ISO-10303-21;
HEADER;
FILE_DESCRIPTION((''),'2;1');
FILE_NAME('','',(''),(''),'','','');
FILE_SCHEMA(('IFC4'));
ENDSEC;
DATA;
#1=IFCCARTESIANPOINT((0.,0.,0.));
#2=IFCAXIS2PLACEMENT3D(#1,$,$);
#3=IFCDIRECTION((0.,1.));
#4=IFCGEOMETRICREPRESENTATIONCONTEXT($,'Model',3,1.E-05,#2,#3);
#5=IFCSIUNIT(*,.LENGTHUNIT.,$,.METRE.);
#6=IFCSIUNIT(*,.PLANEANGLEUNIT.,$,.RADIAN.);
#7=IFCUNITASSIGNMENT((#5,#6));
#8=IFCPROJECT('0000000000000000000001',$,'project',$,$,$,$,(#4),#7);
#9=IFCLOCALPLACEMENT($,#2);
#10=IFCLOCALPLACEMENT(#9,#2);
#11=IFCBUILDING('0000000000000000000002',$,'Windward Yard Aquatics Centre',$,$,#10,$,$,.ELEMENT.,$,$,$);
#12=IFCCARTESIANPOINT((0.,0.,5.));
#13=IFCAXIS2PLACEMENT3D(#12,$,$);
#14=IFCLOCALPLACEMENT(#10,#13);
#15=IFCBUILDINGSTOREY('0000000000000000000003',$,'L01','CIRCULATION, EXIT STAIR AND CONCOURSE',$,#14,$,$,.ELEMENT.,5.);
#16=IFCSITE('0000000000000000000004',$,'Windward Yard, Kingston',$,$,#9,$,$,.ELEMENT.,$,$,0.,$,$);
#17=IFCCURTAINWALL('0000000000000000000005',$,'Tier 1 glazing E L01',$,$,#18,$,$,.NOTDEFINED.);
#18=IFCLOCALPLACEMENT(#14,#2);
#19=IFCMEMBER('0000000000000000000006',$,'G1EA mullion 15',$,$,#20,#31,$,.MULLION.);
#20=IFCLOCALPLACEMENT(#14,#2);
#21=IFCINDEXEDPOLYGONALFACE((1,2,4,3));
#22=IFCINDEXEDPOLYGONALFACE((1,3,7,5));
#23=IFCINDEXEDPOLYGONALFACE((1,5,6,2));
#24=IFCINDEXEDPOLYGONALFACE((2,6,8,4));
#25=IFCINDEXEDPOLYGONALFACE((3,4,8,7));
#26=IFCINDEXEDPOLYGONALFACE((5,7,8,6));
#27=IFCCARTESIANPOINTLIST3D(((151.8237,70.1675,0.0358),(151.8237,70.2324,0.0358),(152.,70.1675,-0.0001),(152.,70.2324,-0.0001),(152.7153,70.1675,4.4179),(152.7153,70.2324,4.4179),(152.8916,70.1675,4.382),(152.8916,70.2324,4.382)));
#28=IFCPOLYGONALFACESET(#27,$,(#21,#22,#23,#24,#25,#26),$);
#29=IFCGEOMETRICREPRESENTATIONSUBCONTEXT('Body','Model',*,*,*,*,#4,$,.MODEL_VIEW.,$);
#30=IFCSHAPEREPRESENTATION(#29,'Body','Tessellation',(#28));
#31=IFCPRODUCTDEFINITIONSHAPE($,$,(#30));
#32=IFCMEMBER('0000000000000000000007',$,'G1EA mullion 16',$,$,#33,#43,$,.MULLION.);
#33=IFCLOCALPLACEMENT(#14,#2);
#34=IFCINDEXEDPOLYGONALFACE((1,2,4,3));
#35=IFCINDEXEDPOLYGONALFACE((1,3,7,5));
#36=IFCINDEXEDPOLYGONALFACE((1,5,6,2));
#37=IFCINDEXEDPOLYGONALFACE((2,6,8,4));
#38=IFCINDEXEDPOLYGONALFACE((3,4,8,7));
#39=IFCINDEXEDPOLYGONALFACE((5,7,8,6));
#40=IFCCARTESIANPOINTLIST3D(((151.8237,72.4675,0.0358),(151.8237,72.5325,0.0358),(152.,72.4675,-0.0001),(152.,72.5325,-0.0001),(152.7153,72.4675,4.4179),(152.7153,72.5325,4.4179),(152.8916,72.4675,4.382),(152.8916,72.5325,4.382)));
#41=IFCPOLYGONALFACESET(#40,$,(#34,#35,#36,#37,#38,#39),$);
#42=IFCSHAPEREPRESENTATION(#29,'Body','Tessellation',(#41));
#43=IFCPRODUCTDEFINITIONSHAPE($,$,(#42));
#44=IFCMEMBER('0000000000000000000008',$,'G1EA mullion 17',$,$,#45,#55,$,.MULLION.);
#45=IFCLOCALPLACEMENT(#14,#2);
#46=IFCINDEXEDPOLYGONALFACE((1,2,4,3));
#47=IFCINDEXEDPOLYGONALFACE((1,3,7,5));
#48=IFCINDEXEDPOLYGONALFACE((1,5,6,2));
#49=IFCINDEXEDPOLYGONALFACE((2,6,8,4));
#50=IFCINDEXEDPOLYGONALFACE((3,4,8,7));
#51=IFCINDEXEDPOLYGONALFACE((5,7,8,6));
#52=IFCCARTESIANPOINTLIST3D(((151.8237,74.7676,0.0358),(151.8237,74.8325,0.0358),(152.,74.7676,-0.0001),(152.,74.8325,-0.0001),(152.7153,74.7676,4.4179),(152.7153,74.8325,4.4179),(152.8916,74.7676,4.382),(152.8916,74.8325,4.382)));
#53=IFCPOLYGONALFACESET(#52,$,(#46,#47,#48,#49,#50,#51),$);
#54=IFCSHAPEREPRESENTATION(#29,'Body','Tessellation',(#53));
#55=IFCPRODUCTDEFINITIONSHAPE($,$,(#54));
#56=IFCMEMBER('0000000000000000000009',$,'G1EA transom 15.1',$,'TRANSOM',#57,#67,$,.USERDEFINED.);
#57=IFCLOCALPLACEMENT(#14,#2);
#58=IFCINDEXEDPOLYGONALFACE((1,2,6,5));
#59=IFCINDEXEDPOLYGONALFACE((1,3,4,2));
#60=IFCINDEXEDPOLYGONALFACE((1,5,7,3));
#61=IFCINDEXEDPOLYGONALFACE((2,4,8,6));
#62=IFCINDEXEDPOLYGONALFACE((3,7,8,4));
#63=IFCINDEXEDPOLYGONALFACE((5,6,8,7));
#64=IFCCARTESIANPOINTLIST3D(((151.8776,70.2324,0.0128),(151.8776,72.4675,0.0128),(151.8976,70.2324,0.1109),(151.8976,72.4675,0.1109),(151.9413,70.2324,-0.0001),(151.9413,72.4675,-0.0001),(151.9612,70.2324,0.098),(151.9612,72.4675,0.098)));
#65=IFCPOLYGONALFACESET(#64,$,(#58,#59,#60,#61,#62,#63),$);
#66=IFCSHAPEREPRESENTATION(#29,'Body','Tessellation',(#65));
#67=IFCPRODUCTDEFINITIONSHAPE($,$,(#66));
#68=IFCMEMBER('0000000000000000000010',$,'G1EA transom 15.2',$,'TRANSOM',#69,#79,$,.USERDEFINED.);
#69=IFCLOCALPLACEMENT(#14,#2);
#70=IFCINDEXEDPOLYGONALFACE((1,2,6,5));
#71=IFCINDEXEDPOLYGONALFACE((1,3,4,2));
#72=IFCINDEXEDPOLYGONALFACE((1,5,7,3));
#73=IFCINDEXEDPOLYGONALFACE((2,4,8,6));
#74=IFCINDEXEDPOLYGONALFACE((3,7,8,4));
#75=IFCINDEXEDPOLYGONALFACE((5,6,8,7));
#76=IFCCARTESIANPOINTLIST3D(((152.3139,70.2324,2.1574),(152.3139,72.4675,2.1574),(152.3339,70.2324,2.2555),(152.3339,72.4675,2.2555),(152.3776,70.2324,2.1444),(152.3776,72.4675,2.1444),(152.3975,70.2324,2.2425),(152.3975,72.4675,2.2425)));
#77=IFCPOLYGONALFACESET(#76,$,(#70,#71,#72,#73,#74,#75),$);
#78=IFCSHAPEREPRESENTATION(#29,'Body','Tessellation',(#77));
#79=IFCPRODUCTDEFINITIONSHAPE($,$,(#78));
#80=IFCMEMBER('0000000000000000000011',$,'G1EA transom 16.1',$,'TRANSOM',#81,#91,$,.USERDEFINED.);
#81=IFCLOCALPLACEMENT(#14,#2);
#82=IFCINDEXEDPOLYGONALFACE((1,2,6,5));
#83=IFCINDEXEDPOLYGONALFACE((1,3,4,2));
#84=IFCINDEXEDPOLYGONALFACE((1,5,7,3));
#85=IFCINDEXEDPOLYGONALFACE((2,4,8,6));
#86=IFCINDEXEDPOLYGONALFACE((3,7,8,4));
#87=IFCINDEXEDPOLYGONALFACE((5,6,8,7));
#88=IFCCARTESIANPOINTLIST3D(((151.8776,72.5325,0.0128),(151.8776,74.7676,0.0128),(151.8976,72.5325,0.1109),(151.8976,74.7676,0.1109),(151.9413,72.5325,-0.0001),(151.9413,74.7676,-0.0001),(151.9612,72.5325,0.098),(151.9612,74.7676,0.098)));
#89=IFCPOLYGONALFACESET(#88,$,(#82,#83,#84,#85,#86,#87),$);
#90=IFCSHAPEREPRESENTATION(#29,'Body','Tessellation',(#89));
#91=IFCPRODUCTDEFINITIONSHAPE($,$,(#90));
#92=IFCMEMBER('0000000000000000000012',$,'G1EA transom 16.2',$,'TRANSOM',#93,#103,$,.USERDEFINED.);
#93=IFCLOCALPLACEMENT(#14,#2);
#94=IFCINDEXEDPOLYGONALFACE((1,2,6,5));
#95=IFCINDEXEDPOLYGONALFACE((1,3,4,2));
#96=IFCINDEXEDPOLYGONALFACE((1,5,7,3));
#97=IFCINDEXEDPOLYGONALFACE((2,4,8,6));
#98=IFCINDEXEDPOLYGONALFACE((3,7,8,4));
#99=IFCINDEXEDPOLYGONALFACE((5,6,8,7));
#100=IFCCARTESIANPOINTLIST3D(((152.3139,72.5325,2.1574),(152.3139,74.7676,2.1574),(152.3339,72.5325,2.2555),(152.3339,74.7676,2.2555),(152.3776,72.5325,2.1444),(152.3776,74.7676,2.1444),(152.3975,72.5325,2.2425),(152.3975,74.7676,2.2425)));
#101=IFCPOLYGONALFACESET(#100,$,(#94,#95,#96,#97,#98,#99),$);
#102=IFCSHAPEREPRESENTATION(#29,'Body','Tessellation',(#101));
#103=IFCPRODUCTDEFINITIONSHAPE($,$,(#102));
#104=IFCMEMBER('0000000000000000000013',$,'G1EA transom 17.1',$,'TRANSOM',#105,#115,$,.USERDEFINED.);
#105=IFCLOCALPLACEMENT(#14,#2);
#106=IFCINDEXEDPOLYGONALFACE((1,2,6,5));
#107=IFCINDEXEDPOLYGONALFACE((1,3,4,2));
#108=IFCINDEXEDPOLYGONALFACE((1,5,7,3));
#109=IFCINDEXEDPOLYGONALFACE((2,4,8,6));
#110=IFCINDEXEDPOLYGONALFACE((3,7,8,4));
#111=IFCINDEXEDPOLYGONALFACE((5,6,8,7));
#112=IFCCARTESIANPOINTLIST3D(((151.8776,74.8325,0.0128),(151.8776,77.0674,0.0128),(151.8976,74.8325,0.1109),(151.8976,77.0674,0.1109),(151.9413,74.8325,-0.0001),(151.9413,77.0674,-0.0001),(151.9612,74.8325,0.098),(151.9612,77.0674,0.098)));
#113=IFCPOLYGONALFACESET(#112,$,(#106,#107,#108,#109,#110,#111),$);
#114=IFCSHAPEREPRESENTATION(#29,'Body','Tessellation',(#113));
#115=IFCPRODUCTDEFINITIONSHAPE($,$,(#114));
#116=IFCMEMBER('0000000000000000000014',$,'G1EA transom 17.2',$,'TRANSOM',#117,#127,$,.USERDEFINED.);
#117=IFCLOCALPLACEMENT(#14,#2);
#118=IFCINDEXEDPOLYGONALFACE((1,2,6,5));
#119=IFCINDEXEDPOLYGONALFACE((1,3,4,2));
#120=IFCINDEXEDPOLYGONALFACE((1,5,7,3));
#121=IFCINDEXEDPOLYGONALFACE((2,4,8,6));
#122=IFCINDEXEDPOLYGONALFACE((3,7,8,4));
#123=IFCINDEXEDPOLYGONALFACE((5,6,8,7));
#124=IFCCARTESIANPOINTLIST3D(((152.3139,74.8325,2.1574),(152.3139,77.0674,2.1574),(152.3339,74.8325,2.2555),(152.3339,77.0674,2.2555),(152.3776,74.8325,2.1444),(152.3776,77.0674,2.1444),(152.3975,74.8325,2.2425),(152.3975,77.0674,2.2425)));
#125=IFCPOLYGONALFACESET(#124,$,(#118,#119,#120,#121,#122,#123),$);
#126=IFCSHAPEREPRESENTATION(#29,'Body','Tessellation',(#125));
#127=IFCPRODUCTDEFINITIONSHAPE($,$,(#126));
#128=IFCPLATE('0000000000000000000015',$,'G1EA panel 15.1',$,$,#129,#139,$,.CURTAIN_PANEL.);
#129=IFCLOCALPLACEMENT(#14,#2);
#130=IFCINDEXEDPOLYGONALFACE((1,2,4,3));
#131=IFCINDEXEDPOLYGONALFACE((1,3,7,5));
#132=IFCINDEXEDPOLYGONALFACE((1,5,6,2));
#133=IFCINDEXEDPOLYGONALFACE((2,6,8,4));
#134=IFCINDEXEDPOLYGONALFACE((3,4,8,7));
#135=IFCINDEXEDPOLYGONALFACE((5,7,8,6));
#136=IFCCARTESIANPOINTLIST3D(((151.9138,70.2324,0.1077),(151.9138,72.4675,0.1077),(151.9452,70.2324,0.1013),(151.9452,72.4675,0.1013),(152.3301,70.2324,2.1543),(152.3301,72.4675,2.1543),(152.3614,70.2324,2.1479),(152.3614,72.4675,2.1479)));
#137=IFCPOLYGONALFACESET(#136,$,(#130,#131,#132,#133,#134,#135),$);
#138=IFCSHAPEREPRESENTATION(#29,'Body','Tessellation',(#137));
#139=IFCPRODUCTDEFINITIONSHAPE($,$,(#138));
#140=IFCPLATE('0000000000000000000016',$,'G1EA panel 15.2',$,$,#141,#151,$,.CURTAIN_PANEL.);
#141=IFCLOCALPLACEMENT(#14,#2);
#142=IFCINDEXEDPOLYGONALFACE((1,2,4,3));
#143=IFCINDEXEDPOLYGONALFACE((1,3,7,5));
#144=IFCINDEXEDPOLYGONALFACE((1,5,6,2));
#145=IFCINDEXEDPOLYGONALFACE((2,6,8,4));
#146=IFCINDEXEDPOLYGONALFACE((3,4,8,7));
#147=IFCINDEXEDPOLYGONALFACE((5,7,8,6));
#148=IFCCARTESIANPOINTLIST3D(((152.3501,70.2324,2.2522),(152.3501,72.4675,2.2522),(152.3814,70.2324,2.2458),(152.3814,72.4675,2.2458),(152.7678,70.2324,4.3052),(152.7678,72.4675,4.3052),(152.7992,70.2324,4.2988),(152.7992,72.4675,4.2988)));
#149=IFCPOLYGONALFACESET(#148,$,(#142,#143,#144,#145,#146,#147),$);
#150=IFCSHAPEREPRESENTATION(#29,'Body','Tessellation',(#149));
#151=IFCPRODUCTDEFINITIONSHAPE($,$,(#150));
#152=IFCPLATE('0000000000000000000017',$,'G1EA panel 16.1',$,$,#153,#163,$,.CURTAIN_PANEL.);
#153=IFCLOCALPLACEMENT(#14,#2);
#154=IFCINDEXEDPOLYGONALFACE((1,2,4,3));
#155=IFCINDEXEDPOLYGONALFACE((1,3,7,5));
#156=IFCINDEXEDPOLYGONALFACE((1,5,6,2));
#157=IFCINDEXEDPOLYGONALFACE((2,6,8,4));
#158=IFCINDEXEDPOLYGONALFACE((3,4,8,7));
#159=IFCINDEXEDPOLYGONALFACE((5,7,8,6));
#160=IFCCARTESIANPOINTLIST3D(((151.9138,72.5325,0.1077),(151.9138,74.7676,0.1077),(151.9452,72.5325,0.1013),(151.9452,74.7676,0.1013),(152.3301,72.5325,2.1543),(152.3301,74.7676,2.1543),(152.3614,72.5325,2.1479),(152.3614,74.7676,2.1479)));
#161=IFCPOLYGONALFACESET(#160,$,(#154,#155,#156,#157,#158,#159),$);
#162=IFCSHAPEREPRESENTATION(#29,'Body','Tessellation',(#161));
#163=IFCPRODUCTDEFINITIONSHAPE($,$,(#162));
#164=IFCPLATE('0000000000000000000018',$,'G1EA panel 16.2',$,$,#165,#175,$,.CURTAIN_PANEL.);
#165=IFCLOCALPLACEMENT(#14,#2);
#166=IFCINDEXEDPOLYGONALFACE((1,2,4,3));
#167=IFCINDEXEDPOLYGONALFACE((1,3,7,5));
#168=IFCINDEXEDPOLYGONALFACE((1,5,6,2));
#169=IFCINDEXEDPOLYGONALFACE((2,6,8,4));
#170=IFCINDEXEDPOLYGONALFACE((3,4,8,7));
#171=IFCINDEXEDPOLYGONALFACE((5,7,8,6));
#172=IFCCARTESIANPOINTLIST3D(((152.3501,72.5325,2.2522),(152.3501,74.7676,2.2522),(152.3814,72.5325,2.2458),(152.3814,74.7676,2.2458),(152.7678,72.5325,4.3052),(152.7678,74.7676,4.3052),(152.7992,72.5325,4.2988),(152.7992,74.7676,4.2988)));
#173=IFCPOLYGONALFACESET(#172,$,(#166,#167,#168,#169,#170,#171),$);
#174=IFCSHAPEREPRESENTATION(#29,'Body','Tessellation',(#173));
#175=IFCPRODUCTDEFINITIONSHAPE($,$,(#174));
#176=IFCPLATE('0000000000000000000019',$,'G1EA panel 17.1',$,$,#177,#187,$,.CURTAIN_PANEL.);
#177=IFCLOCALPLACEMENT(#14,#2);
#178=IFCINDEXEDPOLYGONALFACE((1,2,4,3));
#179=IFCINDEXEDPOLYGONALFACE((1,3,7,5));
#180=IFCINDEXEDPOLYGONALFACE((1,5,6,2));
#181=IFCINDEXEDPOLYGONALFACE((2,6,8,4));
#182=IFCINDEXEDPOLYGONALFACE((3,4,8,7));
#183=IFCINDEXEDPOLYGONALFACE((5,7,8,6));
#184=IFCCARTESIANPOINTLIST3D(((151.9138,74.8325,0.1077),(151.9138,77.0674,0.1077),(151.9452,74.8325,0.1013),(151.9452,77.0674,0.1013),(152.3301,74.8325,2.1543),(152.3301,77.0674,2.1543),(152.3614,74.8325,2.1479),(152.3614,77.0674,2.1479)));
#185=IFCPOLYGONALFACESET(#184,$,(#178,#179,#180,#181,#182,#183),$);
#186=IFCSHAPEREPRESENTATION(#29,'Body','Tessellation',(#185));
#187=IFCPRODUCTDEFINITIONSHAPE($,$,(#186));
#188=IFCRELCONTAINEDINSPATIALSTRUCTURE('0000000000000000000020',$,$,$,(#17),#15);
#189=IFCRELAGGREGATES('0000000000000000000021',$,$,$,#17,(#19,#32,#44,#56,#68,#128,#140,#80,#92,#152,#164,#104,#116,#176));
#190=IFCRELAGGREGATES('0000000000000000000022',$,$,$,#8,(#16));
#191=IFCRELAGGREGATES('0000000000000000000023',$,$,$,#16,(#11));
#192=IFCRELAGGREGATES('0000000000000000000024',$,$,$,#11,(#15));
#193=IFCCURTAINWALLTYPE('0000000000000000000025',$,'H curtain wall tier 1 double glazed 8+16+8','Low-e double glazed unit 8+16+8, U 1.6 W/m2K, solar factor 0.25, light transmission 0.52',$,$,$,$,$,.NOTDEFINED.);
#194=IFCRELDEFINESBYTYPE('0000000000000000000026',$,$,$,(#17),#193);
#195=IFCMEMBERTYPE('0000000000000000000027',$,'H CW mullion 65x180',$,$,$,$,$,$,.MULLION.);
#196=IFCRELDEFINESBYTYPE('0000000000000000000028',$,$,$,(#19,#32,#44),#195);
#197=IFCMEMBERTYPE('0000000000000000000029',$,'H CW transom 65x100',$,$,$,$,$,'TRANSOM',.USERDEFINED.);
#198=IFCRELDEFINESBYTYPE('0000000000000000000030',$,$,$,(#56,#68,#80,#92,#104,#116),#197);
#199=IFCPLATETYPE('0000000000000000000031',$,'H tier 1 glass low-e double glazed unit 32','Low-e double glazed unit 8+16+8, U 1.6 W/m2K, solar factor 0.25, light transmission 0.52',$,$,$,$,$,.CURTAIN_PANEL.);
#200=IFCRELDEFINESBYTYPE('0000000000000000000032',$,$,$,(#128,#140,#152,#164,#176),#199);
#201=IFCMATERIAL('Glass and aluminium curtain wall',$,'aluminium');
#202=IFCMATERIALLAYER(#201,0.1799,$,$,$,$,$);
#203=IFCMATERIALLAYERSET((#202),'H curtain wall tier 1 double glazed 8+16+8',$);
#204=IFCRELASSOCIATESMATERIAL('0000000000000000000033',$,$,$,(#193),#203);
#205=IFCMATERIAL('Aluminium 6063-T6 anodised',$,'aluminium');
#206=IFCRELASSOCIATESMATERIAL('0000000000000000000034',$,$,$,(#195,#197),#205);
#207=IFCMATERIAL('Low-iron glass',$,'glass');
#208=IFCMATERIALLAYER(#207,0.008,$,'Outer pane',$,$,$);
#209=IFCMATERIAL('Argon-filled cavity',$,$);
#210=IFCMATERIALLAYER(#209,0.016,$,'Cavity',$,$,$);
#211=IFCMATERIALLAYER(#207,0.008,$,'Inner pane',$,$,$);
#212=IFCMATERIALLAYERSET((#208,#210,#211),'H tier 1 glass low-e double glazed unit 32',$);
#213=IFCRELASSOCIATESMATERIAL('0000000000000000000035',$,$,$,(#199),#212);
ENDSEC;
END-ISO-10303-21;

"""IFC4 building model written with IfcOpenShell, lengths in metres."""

from ifc_helpers import new_model, si_unit, direction, frame, origin, origin_2d, place, context, subcontext, project, spatial, polyline, rectangle, outline, extrude, material, layer, layer_set, material_profile, profile_set, type_object, element, aggregate, save


model = new_model("IFC4")

# Units and contexts
model_context = context("Model", 3, precision=1e-05, world=origin(), true_north=direction((0.0, 1.0)))
body_context = subcontext(model_context, "Body", "Model", "MODEL_VIEW")
ifc_project = project(units=[si_unit("LENGTHUNIT", "METRE"), si_unit("PLANEANGLEUNIT", "RADIAN")], contexts=[model_context])

# Site, building, storey
site_placement = place(None, origin())
site = spatial("IfcSite", under=ifc_project, at=site_placement, Name="Windward Yard, Kingston", CompositionType="ELEMENT", RefElevation=0.0)
building_placement = place(site_placement, origin())
building = spatial("IfcBuilding", under=site, at=building_placement, Name="Windward Yard Aquatics Centre", CompositionType="ELEMENT")
storey_placement = place(building_placement, frame((0.0, 0.0, 5.0)))
storey = spatial("IfcBuildingStorey", under=building, at=storey_placement, Name="L01", Description="CIRCULATION, EXIT STAIR AND CONCOURSE", CompositionType="ELEMENT", Elevation=5.0)

# Curtain wall, members, plates
ifc_material_1 = material(Name="Glass and aluminium curtain wall", Category="aluminium")
ifc_layer_1 = layer(ifc_material_1, 0.1799)
ifc_layer_set_1 = layer_set([ifc_layer_1], Name="H curtain wall tier 1 double glazed 8+16+8")
curtain_wall_type = type_object("IfcCurtainWallType", Name="H curtain wall tier 1 double glazed 8+16+8", Description="Low-e double glazed unit 8+16+8, U 1.6 W/m2K, solar factor 0.25, light transmission 0.52", PredefinedType="NOTDEFINED", material=ifc_layer_set_1)
curtain_wall_placement = place(storey_placement, origin())
curtain_wall = element("IfcCurtainWall", 1, at=curtain_wall_placement, inside=storey, type_object=curtain_wall_type, Name="Tier 1 glazing E L01", PredefinedType="NOTDEFINED")
ifc_material_2 = material(Name="Aluminium 6063-T6 anodised", Category="aluminium")
ifc_material_profile_1 = material_profile(ifc_material_2, rectangle(XDim=0.0649, YDim=0.1799, at=origin_2d()), Name="H CW mullion 65x180")
ifc_profile_set_1 = profile_set([ifc_material_profile_1], Name="Aluminium 6063-T6 anodised")
member_type_1 = type_object("IfcMemberType", Name="H CW mullion 65x180", PredefinedType="MULLION", material=ifc_profile_set_1)
member_1_placement = place(storey_placement, frame((151.9119, 70.2, 0.0178), z_axis=(0.19938, 0.0, 0.979922), x_axis=(0.0, 1.0, 0.0)))
member_1 = element("IfcMember", 2, at=member_1_placement, type_object=member_type_1, Name="G1EA mullion 15", PredefinedType="MULLION", context=body_context, shape_type="SweptSolid", body=[
    extrude(rectangle(XDim=0.0649, YDim=0.1799, at=origin_2d()), origin(), (0.0, 0.0, 1.0), 4.4719),
])
member_2_placement = place(storey_placement, frame((151.9119, 72.5, 0.0178), z_axis=(0.19938, 0.0, 0.979922), x_axis=(0.0, 1.0, 0.0)))
member_2 = element("IfcMember", 3, at=member_2_placement, type_object=member_type_1, Name="G1EA mullion 16", PredefinedType="MULLION", context=body_context, shape_type="SweptSolid", body=[
    extrude(rectangle(XDim=0.0649, YDim=0.1799, at=origin_2d()), origin(), (0.0, 0.0, 1.0), 4.4719),
])
member_3_placement = place(storey_placement, frame((151.9119, 74.8, 0.0178), z_axis=(0.19938, 0.0, 0.979922), x_axis=(0.0, 1.0, 0.0)))
member_3 = element("IfcMember", 4, at=member_3_placement, type_object=member_type_1, Name="G1EA mullion 17", PredefinedType="MULLION", context=body_context, shape_type="SweptSolid", body=[
    extrude(rectangle(XDim=0.0649, YDim=0.1799, at=origin_2d()), origin(), (0.0, 0.0, 1.0), 4.4719),
])
ifc_material_profile_2 = material_profile(ifc_material_2, rectangle(XDim=0.0649, YDim=0.1001, at=origin_2d()), Name="H CW transom 65x100")
ifc_profile_set_2 = profile_set([ifc_material_profile_2], Name="Aluminium 6063-T6 anodised")
member_type_2 = type_object("IfcMemberType", Name="H CW transom 65x100", ElementType="TRANSOM", PredefinedType="USERDEFINED", material=ifc_profile_set_2)
member_4_placement = place(storey_placement, frame((151.9194, 70.2324, 0.0554), z_axis=(0.0, 1.0, 0.0), x_axis=(-0.979925, 0.0, 0.199368)))
member_4 = element("IfcMember", 5, at=member_4_placement, type_object=member_type_2, Name="G1EA transom 15.1", ObjectType="TRANSOM", PredefinedType="USERDEFINED", context=body_context, shape_type="SweptSolid", body=[
    extrude(rectangle(XDim=0.0649, YDim=0.1001, at=origin_2d()), origin(), (0.0, 0.0, 1.0), 2.2351),
])
member_5_placement = place(storey_placement, frame((152.3557, 70.2324, 2.2), z_axis=(0.0, 1.0, 0.0), x_axis=(-0.979925, 0.0, 0.199368)))
member_5 = element("IfcMember", 6, at=member_5_placement, type_object=member_type_2, Name="G1EA transom 15.2", ObjectType="TRANSOM", PredefinedType="USERDEFINED", context=body_context, shape_type="SweptSolid", body=[
    extrude(rectangle(XDim=0.0649, YDim=0.1001, at=origin_2d()), origin(), (0.0, 0.0, 1.0), 2.2351),
])
member_6_placement = place(storey_placement, frame((151.9194, 72.5325, 0.0554), z_axis=(0.0, 1.0, 0.0), x_axis=(-0.979925, 0.0, 0.199368)))
member_6 = element("IfcMember", 7, at=member_6_placement, type_object=member_type_2, Name="G1EA transom 16.1", ObjectType="TRANSOM", PredefinedType="USERDEFINED", context=body_context, shape_type="SweptSolid", body=[
    extrude(rectangle(XDim=0.0649, YDim=0.1001, at=origin_2d()), origin(), (0.0, 0.0, 1.0), 2.2351),
])
member_7_placement = place(storey_placement, frame((152.3557, 72.5325, 2.2), z_axis=(0.0, 1.0, 0.0), x_axis=(-0.979925, 0.0, 0.199368)))
member_7 = element("IfcMember", 8, at=member_7_placement, type_object=member_type_2, Name="G1EA transom 16.2", ObjectType="TRANSOM", PredefinedType="USERDEFINED", context=body_context, shape_type="SweptSolid", body=[
    extrude(rectangle(XDim=0.0649, YDim=0.1001, at=origin_2d()), origin(), (0.0, 0.0, 1.0), 2.2351),
])
member_8_placement = place(storey_placement, frame((151.9194, 74.8325, 0.0554), z_axis=(0.0, 1.0, 0.0), x_axis=(-0.979925, 0.0, 0.199368)))
member_8 = element("IfcMember", 9, at=member_8_placement, type_object=member_type_2, Name="G1EA transom 17.1", ObjectType="TRANSOM", PredefinedType="USERDEFINED", context=body_context, shape_type="SweptSolid", body=[
    extrude(rectangle(XDim=0.0649, YDim=0.1001, at=origin_2d()), origin(), (0.0, 0.0, 1.0), 2.2349),
])
member_9_placement = place(storey_placement, frame((152.3557, 74.8325, 2.2), z_axis=(0.0, 1.0, 0.0), x_axis=(-0.979925, 0.0, 0.199368)))
member_9 = element("IfcMember", 10, at=member_9_placement, type_object=member_type_2, Name="G1EA transom 17.2", ObjectType="TRANSOM", PredefinedType="USERDEFINED", context=body_context, shape_type="SweptSolid", body=[
    extrude(rectangle(XDim=0.0649, YDim=0.1001, at=origin_2d()), origin(), (0.0, 0.0, 1.0), 2.2349),
])
ifc_material_3 = material(Name="Low-iron glass", Category="glass")
ifc_layer_2 = layer(ifc_material_3, 0.008, Name="Outer pane")
ifc_material_4 = material(Name="Argon-filled cavity")
ifc_layer_3 = layer(ifc_material_4, 0.016, Name="Cavity")
ifc_layer_4 = layer(ifc_material_3, 0.008, Name="Inner pane")
ifc_layer_set_2 = layer_set([ifc_layer_2, ifc_layer_3, ifc_layer_4], Name="H tier 1 glass low-e double glazed unit 32")
plate_type = type_object("IfcPlateType", Name="H tier 1 glass low-e double glazed unit 32", Description="Low-e double glazed unit 8+16+8, U 1.6 W/m2K, solar factor 0.25, light transmission 0.52", PredefinedType="CURTAIN_PANEL", material=ifc_layer_set_2)
plate_1_placement = place(storey_placement, frame((151.9138, 70.2324, 0.1077), z_axis=(-0.979937, 0.0, 0.199307), x_axis=(0.0, 1.0, 0.0)))
plate_1 = element("IfcPlate", 11, at=plate_1_placement, type_object=plate_type, Name="G1EA panel 15.1", PredefinedType="CURTAIN_PANEL", context=body_context, shape_type="SweptSolid", body=[
    extrude(outline(polyline([(0.0, 0.0), (2.2351, 0.0), (2.2351, -2.0885), (0.0, -2.0885), (0.0, 0.0)])), origin(), (0.0, 0.0, -1.0), 0.032),
])
plate_2_placement = place(storey_placement, frame((152.3501, 70.2324, 2.2522), z_axis=(-0.979921, 0.0, 0.199387), x_axis=(0.0, 1.0, 0.0)))
plate_2 = element("IfcPlate", 12, at=plate_2_placement, type_object=plate_type, Name="G1EA panel 15.2", PredefinedType="CURTAIN_PANEL", context=body_context, shape_type="SweptSolid", body=[
    extrude(outline(polyline([(0.0, 0.0), (2.2351, 0.0), (2.2351, -2.095), (0.0, -2.095), (0.0, 0.0)])), origin(), (0.0, 0.0, -1.0), 0.032),
])
plate_3_placement = place(storey_placement, frame((151.9138, 72.5325, 0.1077), z_axis=(-0.979937, 0.0, 0.199307), x_axis=(0.0, 1.0, 0.0)))
plate_3 = element("IfcPlate", 13, at=plate_3_placement, type_object=plate_type, Name="G1EA panel 16.1", PredefinedType="CURTAIN_PANEL", context=body_context, shape_type="SweptSolid", body=[
    extrude(outline(polyline([(0.0, 0.0), (2.2351, 0.0), (2.2351, -2.0885), (0.0, -2.0885), (0.0, 0.0)])), origin(), (0.0, 0.0, -1.0), 0.032),
])
plate_4_placement = place(storey_placement, frame((152.3501, 72.5325, 2.2522), z_axis=(-0.979921, 0.0, 0.199387), x_axis=(0.0, 1.0, 0.0)))
plate_4 = element("IfcPlate", 14, at=plate_4_placement, type_object=plate_type, Name="G1EA panel 16.2", PredefinedType="CURTAIN_PANEL", context=body_context, shape_type="SweptSolid", body=[
    extrude(outline(polyline([(0.0, 0.0), (2.2351, 0.0), (2.2351, -2.095), (0.0, -2.095), (0.0, 0.0)])), origin(), (0.0, 0.0, -1.0), 0.032),
])
plate_5_placement = place(storey_placement, frame((151.9138, 74.8325, 0.1077), z_axis=(-0.979937, 0.0, 0.199307), x_axis=(0.0, 1.0, 0.0)))
plate_5 = element("IfcPlate", 15, at=plate_5_placement, type_object=plate_type, Name="G1EA panel 17.1", PredefinedType="CURTAIN_PANEL", context=body_context, shape_type="SweptSolid", body=[
    extrude(outline(polyline([(0.0, 0.0), (2.2349, 0.0), (2.2349, -2.0885), (0.0, -2.0885), (0.0, 0.0)])), origin(), (0.0, 0.0, -1.0), 0.032),
])
aggregate(curtain_wall, [member_1, member_2, member_3, member_4, member_5, plate_1, plate_2, member_6, member_7, plate_3, plate_4, member_8, member_9, plate_5])

save(model, "model.ifc")
